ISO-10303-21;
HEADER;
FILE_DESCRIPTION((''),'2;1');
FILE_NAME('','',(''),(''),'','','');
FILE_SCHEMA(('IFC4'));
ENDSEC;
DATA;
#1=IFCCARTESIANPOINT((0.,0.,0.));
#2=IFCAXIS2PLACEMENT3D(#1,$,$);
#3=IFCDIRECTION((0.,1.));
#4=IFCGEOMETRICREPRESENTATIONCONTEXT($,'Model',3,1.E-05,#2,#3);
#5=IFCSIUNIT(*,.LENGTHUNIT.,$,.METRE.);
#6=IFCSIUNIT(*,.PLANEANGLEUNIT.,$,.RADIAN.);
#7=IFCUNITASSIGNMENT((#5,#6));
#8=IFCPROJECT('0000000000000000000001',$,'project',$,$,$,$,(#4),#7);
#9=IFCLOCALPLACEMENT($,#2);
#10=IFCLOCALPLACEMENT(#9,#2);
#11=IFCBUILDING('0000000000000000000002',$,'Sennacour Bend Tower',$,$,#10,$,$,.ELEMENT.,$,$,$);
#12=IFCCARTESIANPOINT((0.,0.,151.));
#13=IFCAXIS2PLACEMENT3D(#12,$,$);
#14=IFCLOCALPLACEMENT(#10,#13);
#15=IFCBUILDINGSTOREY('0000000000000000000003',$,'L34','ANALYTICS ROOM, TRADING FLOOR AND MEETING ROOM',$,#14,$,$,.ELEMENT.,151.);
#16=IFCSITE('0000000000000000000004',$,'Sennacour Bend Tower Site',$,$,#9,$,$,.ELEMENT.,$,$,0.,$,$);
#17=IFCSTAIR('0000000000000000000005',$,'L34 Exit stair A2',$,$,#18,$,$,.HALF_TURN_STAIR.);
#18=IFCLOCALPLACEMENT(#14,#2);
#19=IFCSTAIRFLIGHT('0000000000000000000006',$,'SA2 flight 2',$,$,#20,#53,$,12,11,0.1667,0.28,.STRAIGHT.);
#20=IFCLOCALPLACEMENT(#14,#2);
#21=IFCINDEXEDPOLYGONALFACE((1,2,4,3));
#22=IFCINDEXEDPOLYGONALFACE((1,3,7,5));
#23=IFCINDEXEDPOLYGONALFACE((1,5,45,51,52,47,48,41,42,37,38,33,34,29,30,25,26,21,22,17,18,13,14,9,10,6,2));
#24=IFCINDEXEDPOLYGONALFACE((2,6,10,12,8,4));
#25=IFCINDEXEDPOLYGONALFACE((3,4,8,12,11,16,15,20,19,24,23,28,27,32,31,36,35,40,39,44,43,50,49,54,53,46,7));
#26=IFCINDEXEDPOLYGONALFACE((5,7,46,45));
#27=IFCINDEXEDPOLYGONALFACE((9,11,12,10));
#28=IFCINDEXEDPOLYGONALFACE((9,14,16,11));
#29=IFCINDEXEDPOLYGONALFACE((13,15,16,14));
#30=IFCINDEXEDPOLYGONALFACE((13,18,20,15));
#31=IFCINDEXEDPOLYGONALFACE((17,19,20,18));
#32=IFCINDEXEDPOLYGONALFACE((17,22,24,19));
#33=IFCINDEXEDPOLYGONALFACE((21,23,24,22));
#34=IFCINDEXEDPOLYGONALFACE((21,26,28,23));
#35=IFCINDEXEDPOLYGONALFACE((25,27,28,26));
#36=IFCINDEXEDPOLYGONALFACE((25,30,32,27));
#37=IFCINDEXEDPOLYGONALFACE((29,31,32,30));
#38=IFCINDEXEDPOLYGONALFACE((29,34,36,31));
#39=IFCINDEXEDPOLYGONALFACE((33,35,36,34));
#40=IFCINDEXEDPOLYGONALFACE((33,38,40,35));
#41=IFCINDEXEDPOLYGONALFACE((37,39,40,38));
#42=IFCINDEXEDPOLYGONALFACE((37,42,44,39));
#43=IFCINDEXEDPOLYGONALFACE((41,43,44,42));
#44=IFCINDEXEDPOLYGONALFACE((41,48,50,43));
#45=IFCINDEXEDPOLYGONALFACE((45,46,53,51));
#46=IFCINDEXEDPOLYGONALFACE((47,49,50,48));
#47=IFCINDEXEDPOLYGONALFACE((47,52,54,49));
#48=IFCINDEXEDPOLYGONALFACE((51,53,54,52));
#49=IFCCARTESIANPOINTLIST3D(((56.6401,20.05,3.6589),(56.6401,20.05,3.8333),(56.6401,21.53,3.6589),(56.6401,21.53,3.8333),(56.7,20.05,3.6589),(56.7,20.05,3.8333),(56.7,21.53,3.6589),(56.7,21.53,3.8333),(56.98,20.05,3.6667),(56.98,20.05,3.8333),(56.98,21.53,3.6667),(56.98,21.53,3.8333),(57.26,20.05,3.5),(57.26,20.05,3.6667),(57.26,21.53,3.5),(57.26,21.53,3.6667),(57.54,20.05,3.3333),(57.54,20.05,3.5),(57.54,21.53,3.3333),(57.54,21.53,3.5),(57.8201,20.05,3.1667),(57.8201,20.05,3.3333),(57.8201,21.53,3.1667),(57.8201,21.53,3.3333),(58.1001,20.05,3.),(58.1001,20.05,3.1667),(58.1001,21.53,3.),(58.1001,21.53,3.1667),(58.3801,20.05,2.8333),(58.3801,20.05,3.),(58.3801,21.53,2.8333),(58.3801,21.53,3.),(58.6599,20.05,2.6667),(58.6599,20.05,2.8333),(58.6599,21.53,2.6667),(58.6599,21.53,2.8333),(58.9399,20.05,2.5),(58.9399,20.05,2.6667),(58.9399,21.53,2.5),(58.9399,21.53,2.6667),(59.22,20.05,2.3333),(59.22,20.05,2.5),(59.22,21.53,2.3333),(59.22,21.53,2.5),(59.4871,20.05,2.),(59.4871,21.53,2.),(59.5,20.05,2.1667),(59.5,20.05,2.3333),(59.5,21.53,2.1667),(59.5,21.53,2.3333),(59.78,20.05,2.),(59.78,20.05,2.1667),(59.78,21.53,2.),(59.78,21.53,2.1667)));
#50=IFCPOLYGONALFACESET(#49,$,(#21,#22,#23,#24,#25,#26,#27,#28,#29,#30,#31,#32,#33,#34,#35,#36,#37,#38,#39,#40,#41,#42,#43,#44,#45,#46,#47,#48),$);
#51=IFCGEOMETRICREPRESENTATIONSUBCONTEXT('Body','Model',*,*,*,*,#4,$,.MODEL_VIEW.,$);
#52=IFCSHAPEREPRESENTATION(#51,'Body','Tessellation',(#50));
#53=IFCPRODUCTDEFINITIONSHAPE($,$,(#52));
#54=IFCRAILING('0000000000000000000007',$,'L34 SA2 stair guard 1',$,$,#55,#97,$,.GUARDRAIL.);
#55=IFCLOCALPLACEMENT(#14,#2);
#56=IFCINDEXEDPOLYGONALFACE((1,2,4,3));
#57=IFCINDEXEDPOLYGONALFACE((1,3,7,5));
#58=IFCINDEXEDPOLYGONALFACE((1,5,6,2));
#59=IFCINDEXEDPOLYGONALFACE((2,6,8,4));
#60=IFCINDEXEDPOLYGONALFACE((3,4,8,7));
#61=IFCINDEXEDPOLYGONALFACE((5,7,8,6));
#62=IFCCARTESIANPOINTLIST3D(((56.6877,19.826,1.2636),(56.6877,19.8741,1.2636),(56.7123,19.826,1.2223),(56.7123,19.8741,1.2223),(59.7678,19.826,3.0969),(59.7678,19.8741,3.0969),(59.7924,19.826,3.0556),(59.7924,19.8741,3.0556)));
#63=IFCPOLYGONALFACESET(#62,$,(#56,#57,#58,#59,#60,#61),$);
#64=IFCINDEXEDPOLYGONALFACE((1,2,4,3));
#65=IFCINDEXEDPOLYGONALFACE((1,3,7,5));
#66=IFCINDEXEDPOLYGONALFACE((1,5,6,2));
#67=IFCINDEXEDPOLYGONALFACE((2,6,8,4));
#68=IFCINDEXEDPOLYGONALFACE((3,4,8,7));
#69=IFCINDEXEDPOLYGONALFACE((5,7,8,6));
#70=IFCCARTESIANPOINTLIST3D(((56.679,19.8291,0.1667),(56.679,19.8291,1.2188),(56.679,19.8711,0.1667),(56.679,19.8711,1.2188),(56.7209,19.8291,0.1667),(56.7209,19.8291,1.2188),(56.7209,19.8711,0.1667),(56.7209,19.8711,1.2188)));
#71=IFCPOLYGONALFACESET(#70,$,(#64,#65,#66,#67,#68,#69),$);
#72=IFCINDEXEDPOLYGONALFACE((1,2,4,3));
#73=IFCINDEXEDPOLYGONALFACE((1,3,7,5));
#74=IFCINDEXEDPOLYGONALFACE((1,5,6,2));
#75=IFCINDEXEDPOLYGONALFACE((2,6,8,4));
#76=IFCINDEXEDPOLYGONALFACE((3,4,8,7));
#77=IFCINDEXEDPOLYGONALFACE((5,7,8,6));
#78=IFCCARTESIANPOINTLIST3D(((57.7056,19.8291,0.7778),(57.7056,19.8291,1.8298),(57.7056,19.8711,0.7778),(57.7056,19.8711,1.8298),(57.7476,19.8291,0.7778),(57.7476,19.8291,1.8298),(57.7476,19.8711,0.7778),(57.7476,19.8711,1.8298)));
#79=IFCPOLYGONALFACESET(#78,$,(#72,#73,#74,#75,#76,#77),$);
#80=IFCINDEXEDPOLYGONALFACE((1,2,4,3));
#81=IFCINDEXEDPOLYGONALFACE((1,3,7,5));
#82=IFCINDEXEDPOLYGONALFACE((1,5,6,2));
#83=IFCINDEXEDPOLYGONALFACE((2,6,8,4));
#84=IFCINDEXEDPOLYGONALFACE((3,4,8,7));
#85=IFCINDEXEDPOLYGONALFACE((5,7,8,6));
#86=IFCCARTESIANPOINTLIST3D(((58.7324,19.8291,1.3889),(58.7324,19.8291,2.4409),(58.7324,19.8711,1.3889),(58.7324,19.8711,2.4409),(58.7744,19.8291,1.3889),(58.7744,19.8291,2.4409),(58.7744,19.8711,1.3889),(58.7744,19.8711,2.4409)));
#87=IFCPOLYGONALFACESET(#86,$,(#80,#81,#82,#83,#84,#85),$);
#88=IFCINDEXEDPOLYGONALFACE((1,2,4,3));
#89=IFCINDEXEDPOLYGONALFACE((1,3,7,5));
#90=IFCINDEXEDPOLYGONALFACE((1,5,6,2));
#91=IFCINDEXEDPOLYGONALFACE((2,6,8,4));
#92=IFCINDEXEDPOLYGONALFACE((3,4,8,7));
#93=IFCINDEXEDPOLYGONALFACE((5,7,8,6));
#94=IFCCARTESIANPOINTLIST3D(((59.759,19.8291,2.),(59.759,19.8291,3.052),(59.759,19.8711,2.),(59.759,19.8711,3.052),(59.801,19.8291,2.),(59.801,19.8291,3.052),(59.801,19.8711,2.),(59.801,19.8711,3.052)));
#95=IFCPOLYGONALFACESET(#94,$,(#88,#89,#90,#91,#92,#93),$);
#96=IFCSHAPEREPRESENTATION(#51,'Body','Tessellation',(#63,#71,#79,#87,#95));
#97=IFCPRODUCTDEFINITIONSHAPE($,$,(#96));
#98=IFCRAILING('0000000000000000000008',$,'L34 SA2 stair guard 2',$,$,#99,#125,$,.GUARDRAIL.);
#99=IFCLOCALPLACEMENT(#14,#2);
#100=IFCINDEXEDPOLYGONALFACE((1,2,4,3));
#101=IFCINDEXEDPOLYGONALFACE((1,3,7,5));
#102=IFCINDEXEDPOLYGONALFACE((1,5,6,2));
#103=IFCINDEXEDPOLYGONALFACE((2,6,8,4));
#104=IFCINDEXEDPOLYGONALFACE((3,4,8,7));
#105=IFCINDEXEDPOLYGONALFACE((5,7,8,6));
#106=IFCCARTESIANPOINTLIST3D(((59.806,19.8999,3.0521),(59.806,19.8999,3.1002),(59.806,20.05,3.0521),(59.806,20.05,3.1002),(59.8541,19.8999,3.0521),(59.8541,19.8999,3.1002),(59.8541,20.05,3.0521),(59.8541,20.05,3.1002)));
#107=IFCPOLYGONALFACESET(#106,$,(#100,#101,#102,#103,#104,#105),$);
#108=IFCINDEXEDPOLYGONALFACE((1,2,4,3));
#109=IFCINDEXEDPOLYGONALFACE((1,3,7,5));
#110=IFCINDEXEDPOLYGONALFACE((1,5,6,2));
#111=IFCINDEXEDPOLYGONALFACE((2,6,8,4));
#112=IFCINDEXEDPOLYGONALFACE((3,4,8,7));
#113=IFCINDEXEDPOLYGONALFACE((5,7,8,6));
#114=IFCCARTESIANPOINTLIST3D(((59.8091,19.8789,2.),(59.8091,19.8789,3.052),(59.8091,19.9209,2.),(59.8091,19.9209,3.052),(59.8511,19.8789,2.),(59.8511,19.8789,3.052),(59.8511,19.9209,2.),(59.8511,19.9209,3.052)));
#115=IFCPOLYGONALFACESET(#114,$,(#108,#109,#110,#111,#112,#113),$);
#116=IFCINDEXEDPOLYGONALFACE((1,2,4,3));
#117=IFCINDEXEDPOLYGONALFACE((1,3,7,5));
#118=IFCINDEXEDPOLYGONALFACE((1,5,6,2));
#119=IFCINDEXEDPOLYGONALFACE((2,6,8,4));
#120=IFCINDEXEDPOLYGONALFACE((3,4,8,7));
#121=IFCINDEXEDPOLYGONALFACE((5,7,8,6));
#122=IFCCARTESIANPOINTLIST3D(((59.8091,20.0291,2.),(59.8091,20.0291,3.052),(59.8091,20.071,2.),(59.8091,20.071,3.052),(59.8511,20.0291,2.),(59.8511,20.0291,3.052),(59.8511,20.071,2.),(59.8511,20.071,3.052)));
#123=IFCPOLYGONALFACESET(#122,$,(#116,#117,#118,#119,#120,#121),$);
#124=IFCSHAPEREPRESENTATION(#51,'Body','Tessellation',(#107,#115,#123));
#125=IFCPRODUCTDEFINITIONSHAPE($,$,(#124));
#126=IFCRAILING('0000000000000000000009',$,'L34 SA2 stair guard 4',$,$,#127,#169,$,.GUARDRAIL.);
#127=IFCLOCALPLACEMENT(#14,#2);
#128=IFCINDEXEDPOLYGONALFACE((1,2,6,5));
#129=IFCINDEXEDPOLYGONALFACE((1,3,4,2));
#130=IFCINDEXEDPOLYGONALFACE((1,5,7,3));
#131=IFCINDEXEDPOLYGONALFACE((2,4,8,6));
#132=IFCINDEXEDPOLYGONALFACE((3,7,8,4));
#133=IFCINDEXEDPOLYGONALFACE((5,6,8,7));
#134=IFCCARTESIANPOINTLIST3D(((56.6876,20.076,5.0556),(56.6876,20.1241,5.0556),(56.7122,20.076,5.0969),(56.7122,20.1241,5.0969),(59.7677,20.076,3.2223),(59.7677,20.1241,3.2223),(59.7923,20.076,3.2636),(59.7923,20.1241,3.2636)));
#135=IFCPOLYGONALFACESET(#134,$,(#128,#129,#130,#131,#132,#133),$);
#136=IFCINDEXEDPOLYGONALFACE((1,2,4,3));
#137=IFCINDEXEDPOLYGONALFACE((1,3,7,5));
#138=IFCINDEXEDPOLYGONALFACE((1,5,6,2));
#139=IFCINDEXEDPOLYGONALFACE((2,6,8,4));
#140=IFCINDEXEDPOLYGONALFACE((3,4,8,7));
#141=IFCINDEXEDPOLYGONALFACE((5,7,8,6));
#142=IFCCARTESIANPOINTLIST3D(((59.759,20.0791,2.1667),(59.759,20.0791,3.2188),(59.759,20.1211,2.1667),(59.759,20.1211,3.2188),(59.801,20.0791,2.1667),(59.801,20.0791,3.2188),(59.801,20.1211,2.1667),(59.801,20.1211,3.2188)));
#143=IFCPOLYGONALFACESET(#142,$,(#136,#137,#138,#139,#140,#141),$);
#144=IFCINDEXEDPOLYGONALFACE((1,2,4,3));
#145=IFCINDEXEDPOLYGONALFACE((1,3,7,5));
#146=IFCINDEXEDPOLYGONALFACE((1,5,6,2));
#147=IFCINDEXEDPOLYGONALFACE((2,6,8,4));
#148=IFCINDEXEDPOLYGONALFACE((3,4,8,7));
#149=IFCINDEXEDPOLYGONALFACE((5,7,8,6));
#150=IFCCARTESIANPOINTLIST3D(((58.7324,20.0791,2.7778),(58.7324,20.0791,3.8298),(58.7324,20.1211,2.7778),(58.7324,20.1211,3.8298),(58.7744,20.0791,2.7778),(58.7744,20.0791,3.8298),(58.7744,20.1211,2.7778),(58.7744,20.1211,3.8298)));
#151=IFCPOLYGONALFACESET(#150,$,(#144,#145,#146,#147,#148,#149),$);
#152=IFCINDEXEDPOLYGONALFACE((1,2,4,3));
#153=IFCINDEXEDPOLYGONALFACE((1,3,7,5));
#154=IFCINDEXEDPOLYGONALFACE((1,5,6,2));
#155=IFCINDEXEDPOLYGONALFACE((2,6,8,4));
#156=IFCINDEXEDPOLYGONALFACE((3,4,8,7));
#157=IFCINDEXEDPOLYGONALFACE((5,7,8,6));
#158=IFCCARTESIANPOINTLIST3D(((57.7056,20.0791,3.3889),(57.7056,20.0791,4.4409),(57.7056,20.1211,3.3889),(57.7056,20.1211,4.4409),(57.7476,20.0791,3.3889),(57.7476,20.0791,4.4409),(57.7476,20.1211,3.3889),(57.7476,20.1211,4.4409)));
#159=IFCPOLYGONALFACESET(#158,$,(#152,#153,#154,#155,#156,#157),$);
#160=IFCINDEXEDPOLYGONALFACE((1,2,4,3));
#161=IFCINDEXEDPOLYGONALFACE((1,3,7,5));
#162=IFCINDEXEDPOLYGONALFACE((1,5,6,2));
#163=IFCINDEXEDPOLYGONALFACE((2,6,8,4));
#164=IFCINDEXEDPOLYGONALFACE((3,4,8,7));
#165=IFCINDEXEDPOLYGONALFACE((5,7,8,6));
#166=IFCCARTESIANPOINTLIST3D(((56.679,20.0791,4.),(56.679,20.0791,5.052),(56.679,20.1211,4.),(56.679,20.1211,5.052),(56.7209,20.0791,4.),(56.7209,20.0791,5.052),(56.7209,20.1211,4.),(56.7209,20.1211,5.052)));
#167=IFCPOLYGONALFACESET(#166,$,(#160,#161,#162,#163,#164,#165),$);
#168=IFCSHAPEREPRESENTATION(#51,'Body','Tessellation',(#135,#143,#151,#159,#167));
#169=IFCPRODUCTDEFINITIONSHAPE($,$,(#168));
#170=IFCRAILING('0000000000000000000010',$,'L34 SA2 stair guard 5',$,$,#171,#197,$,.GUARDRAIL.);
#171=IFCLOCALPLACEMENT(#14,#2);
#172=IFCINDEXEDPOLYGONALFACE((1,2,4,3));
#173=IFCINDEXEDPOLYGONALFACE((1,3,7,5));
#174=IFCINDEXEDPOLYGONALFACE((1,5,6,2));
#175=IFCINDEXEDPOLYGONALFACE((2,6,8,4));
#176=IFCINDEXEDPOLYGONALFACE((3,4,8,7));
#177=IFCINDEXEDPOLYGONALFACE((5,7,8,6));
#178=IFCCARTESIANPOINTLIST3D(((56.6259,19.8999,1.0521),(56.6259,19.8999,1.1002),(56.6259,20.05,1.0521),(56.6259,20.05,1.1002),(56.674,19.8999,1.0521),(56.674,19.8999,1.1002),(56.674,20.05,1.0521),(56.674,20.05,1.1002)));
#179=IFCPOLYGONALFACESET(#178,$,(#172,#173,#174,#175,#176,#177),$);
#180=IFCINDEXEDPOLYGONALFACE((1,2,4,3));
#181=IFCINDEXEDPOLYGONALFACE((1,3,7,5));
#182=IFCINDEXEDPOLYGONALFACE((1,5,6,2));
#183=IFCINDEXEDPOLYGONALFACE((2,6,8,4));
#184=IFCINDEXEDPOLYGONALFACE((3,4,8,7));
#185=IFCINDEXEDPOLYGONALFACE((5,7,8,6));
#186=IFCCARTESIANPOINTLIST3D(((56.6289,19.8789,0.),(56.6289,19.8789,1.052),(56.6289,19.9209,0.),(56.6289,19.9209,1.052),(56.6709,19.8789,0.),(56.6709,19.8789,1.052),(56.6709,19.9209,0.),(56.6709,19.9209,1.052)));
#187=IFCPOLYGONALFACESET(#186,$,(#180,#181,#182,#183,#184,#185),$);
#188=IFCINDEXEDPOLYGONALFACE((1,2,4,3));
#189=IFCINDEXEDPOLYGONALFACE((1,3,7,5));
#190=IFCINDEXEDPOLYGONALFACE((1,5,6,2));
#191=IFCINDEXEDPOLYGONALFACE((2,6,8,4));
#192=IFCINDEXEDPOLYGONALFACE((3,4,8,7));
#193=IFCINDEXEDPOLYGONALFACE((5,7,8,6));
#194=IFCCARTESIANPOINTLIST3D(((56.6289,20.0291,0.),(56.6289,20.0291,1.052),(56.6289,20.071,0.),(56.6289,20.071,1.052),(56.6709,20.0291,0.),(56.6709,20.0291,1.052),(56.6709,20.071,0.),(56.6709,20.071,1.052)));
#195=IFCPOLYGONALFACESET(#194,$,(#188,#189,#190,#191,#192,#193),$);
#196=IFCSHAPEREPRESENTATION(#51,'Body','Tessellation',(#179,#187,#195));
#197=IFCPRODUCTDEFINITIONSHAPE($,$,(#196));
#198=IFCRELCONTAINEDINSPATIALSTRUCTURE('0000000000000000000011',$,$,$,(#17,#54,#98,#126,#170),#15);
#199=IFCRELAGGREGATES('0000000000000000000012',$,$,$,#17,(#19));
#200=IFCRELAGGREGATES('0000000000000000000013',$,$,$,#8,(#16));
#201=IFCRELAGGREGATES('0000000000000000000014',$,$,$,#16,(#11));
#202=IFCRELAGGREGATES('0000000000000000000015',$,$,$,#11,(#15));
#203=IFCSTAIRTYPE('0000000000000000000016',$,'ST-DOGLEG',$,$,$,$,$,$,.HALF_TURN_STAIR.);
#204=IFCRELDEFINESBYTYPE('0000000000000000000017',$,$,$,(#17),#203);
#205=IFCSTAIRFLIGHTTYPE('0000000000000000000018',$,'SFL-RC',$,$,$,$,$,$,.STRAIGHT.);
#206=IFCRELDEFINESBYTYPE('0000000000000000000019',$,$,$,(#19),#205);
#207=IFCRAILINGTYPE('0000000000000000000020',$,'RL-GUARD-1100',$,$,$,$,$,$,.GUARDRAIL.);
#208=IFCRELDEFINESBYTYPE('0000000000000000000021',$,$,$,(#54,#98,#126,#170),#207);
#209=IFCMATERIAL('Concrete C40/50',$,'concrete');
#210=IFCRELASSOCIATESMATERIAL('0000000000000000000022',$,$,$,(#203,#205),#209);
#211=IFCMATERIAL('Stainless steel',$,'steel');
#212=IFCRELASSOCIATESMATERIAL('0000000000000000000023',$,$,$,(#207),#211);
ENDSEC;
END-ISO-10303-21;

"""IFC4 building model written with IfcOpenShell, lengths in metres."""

from ifc_helpers import new_model, si_unit, direction, frame, origin, origin_2d, place, context, subcontext, project, spatial, polyline, rectangle, outline, extrude, material, type_object, element, aggregate, save


model = new_model("IFC4")

# Units and contexts
model_context = context("Model", 3, precision=1e-05, world=origin(), true_north=direction((0.0, 1.0)))
body_context = subcontext(model_context, "Body", "Model", "MODEL_VIEW")
ifc_project = project(units=[si_unit("LENGTHUNIT", "METRE"), si_unit("PLANEANGLEUNIT", "RADIAN")], contexts=[model_context])

# Site, building, storey
site_placement = place(None, origin())
site = spatial("IfcSite", under=ifc_project, at=site_placement, Name="Sennacour Bend Tower Site", CompositionType="ELEMENT", RefElevation=0.0)
building_placement = place(site_placement, origin())
building = spatial("IfcBuilding", under=site, at=building_placement, Name="Sennacour Bend Tower", CompositionType="ELEMENT")
storey_placement = place(building_placement, frame((0.0, 0.0, 151.0)))
storey = spatial("IfcBuildingStorey", under=building, at=storey_placement, Name="L34", Description="ANALYTICS ROOM, TRADING FLOOR AND MEETING ROOM", CompositionType="ELEMENT", Elevation=151.0)

# Shared definitions
ifc_material_1 = material(Name="Stainless steel", Category="steel")

# Stair, stair flight
ifc_material_2 = material(Name="Concrete C40/50", Category="concrete")
stair_type = type_object("IfcStairType", Name="ST-DOGLEG", PredefinedType="HALF_TURN_STAIR", material=ifc_material_2)
stair_placement = place(storey_placement, origin())
stair = element("IfcStair", 1, at=stair_placement, inside=storey, type_object=stair_type, Name="L34 Exit stair A2", PredefinedType="HALF_TURN_STAIR")
stair_flight_type = type_object("IfcStairFlightType", Name="SFL-RC", PredefinedType="STRAIGHT", material=ifc_material_2)
stair_flight_1_placement = place(storey_placement, frame((59.78, 20.79, 2.0), z_axis=(0.0, 0.0, 1.0), x_axis=(-1.0, 0.0, 0.0)))
stair_flight_1 = element("IfcStairFlight", 2, at=stair_flight_1_placement, type_object=stair_flight_type, Name="SA2 flight 2", NumberOfRisers=12, NumberOfTreads=11, PredefinedType="STRAIGHT", RiserHeight=0.1667, TreadLength=0.28, context=body_context, shape_type="SweptSolid", body=[
    extrude(outline(polyline([(0.0, 0.0), (0.0, 0.1667), (0.28, 0.1667), (0.28, 0.3333), (0.5601, 0.3333), (0.5601, 0.5), (0.8401, 0.5), (0.8401, 0.6667), (1.1201, 0.6667), (1.1201, 0.8333), (1.3999, 0.8333), (1.3999, 1.0), (1.6799, 1.0), (1.6799, 1.1667), (1.96, 1.1667), (1.96, 1.3333), (2.24, 1.3333), (2.24, 1.5), (2.52, 1.5), (2.52, 1.6667), (2.8, 1.6667), (2.8, 1.8333), (3.0801, 1.8333), (3.1399, 1.8333), (3.1399, 1.6589), (3.0801, 1.6589), (0.293, 0.0), (0.0, 0.0)])), frame((0.0, 0.74, 0.0), z_axis=(0.0, -1.0, 0.0), x_axis=(1.0, 0.0, 0.0)), (0.0, 0.0, 1.0), 1.48),
])
aggregate(stair, [stair_flight_1])

# Railings
railing_type_1 = type_object("IfcRailingType", Name="RL-GUARD-1100", PredefinedType="GUARDRAIL", material=ifc_material_1)
railing_1_placement = place(storey_placement, frame((56.7, 19.8501, 0.1667)))
element("IfcRailing", 3, at=railing_1_placement, inside=storey, type_object=railing_type_1, Name="L34 SA2 stair guard 1", PredefinedType="GUARDRAIL", context=body_context, shape_type="SweptSolid", body=[
    extrude(rectangle(XDim=0.0481, YDim=0.0481, at=origin_2d()), frame((0.0, 0.0, 1.0762), z_axis=(0.859309, 0.0, 0.511458), x_axis=(0.0, 1.0, 0.0)), (0.0, 0.0, 1.0), 3.5845),
    extrude(rectangle(XDim=0.042, YDim=0.042, at=origin_2d()), origin(), (0.0, 0.0, 1.0), 1.052),
    extrude(rectangle(XDim=0.042, YDim=0.042, at=origin_2d()), frame((1.0266, 0.0, 0.6111)), (0.0, 0.0, 1.0), 1.052),
    extrude(rectangle(XDim=0.042, YDim=0.042, at=origin_2d()), frame((2.0535, 0.0, 1.2222)), (0.0, 0.0, 1.0), 1.052),
    extrude(rectangle(XDim=0.042, YDim=0.042, at=origin_2d()), frame((3.0801, 0.0, 1.8333)), (0.0, 0.0, 1.0), 1.052),
])
railing_2_placement = place(storey_placement, frame((59.8301, 19.8999, 2.0)))
element("IfcRailing", 4, at=railing_2_placement, inside=storey, type_object=railing_type_1, Name="L34 SA2 stair guard 2", PredefinedType="GUARDRAIL", context=body_context, shape_type="SweptSolid", body=[
    extrude(rectangle(XDim=0.0481, YDim=0.0481, at=origin_2d()), frame((0.0, 0.0, 1.0762), z_axis=(0.0, 1.0, 0.0), x_axis=(-1.0, 0.0, 0.0)), (0.0, 0.0, 1.0), 0.1501),
    extrude(rectangle(XDim=0.042, YDim=0.042, at=origin_2d()), origin(), (0.0, 0.0, 1.0), 1.052),
    extrude(rectangle(XDim=0.042, YDim=0.042, at=origin_2d()), frame((0.0, 0.1501, 0.0)), (0.0, 0.0, 1.0), 1.052),
])
railing_3_placement = place(storey_placement, frame((59.78, 20.1001, 2.1667)))
element("IfcRailing", 5, at=railing_3_placement, inside=storey, type_object=railing_type_1, Name="L34 SA2 stair guard 4", PredefinedType="GUARDRAIL", context=body_context, shape_type="SweptSolid", body=[
    extrude(rectangle(XDim=0.0481, YDim=0.0481, at=origin_2d()), frame((0.0, 0.0, 1.0762), z_axis=(-0.859309, 0.0, 0.511458), x_axis=(0.0, -1.0, 0.0)), (0.0, 0.0, 1.0), 3.5845),
    extrude(rectangle(XDim=0.042, YDim=0.042, at=origin_2d()), origin(), (0.0, 0.0, 1.0), 1.052),
    extrude(rectangle(XDim=0.042, YDim=0.042, at=origin_2d()), frame((-1.0266, 0.0, 0.6111)), (0.0, 0.0, 1.0), 1.052),
    extrude(rectangle(XDim=0.042, YDim=0.042, at=origin_2d()), frame((-2.0535, 0.0, 1.2222)), (0.0, 0.0, 1.0), 1.052),
    extrude(rectangle(XDim=0.042, YDim=0.042, at=origin_2d()), frame((-3.0801, 0.0, 1.8333)), (0.0, 0.0, 1.0), 1.052),
])
railing_4_placement = place(storey_placement, frame((56.6499, 19.8999, 0.0)))
element("IfcRailing", 6, at=railing_4_placement, inside=storey, type_object=railing_type_1, Name="L34 SA2 stair guard 5", PredefinedType="GUARDRAIL", context=body_context, shape_type="SweptSolid", body=[
    extrude(rectangle(XDim=0.0481, YDim=0.0481, at=origin_2d()), frame((0.0, 0.0, 1.0762), z_axis=(0.0, 1.0, 0.0), x_axis=(-1.0, 0.0, 0.0)), (0.0, 0.0, 1.0), 0.1501),
    extrude(rectangle(XDim=0.042, YDim=0.042, at=origin_2d()), origin(), (0.0, 0.0, 1.0), 1.052),
    extrude(rectangle(XDim=0.042, YDim=0.042, at=origin_2d()), frame((0.0, 0.1501, 0.0)), (0.0, 0.0, 1.0), 1.052),
])

save(model, "model.ifc")
